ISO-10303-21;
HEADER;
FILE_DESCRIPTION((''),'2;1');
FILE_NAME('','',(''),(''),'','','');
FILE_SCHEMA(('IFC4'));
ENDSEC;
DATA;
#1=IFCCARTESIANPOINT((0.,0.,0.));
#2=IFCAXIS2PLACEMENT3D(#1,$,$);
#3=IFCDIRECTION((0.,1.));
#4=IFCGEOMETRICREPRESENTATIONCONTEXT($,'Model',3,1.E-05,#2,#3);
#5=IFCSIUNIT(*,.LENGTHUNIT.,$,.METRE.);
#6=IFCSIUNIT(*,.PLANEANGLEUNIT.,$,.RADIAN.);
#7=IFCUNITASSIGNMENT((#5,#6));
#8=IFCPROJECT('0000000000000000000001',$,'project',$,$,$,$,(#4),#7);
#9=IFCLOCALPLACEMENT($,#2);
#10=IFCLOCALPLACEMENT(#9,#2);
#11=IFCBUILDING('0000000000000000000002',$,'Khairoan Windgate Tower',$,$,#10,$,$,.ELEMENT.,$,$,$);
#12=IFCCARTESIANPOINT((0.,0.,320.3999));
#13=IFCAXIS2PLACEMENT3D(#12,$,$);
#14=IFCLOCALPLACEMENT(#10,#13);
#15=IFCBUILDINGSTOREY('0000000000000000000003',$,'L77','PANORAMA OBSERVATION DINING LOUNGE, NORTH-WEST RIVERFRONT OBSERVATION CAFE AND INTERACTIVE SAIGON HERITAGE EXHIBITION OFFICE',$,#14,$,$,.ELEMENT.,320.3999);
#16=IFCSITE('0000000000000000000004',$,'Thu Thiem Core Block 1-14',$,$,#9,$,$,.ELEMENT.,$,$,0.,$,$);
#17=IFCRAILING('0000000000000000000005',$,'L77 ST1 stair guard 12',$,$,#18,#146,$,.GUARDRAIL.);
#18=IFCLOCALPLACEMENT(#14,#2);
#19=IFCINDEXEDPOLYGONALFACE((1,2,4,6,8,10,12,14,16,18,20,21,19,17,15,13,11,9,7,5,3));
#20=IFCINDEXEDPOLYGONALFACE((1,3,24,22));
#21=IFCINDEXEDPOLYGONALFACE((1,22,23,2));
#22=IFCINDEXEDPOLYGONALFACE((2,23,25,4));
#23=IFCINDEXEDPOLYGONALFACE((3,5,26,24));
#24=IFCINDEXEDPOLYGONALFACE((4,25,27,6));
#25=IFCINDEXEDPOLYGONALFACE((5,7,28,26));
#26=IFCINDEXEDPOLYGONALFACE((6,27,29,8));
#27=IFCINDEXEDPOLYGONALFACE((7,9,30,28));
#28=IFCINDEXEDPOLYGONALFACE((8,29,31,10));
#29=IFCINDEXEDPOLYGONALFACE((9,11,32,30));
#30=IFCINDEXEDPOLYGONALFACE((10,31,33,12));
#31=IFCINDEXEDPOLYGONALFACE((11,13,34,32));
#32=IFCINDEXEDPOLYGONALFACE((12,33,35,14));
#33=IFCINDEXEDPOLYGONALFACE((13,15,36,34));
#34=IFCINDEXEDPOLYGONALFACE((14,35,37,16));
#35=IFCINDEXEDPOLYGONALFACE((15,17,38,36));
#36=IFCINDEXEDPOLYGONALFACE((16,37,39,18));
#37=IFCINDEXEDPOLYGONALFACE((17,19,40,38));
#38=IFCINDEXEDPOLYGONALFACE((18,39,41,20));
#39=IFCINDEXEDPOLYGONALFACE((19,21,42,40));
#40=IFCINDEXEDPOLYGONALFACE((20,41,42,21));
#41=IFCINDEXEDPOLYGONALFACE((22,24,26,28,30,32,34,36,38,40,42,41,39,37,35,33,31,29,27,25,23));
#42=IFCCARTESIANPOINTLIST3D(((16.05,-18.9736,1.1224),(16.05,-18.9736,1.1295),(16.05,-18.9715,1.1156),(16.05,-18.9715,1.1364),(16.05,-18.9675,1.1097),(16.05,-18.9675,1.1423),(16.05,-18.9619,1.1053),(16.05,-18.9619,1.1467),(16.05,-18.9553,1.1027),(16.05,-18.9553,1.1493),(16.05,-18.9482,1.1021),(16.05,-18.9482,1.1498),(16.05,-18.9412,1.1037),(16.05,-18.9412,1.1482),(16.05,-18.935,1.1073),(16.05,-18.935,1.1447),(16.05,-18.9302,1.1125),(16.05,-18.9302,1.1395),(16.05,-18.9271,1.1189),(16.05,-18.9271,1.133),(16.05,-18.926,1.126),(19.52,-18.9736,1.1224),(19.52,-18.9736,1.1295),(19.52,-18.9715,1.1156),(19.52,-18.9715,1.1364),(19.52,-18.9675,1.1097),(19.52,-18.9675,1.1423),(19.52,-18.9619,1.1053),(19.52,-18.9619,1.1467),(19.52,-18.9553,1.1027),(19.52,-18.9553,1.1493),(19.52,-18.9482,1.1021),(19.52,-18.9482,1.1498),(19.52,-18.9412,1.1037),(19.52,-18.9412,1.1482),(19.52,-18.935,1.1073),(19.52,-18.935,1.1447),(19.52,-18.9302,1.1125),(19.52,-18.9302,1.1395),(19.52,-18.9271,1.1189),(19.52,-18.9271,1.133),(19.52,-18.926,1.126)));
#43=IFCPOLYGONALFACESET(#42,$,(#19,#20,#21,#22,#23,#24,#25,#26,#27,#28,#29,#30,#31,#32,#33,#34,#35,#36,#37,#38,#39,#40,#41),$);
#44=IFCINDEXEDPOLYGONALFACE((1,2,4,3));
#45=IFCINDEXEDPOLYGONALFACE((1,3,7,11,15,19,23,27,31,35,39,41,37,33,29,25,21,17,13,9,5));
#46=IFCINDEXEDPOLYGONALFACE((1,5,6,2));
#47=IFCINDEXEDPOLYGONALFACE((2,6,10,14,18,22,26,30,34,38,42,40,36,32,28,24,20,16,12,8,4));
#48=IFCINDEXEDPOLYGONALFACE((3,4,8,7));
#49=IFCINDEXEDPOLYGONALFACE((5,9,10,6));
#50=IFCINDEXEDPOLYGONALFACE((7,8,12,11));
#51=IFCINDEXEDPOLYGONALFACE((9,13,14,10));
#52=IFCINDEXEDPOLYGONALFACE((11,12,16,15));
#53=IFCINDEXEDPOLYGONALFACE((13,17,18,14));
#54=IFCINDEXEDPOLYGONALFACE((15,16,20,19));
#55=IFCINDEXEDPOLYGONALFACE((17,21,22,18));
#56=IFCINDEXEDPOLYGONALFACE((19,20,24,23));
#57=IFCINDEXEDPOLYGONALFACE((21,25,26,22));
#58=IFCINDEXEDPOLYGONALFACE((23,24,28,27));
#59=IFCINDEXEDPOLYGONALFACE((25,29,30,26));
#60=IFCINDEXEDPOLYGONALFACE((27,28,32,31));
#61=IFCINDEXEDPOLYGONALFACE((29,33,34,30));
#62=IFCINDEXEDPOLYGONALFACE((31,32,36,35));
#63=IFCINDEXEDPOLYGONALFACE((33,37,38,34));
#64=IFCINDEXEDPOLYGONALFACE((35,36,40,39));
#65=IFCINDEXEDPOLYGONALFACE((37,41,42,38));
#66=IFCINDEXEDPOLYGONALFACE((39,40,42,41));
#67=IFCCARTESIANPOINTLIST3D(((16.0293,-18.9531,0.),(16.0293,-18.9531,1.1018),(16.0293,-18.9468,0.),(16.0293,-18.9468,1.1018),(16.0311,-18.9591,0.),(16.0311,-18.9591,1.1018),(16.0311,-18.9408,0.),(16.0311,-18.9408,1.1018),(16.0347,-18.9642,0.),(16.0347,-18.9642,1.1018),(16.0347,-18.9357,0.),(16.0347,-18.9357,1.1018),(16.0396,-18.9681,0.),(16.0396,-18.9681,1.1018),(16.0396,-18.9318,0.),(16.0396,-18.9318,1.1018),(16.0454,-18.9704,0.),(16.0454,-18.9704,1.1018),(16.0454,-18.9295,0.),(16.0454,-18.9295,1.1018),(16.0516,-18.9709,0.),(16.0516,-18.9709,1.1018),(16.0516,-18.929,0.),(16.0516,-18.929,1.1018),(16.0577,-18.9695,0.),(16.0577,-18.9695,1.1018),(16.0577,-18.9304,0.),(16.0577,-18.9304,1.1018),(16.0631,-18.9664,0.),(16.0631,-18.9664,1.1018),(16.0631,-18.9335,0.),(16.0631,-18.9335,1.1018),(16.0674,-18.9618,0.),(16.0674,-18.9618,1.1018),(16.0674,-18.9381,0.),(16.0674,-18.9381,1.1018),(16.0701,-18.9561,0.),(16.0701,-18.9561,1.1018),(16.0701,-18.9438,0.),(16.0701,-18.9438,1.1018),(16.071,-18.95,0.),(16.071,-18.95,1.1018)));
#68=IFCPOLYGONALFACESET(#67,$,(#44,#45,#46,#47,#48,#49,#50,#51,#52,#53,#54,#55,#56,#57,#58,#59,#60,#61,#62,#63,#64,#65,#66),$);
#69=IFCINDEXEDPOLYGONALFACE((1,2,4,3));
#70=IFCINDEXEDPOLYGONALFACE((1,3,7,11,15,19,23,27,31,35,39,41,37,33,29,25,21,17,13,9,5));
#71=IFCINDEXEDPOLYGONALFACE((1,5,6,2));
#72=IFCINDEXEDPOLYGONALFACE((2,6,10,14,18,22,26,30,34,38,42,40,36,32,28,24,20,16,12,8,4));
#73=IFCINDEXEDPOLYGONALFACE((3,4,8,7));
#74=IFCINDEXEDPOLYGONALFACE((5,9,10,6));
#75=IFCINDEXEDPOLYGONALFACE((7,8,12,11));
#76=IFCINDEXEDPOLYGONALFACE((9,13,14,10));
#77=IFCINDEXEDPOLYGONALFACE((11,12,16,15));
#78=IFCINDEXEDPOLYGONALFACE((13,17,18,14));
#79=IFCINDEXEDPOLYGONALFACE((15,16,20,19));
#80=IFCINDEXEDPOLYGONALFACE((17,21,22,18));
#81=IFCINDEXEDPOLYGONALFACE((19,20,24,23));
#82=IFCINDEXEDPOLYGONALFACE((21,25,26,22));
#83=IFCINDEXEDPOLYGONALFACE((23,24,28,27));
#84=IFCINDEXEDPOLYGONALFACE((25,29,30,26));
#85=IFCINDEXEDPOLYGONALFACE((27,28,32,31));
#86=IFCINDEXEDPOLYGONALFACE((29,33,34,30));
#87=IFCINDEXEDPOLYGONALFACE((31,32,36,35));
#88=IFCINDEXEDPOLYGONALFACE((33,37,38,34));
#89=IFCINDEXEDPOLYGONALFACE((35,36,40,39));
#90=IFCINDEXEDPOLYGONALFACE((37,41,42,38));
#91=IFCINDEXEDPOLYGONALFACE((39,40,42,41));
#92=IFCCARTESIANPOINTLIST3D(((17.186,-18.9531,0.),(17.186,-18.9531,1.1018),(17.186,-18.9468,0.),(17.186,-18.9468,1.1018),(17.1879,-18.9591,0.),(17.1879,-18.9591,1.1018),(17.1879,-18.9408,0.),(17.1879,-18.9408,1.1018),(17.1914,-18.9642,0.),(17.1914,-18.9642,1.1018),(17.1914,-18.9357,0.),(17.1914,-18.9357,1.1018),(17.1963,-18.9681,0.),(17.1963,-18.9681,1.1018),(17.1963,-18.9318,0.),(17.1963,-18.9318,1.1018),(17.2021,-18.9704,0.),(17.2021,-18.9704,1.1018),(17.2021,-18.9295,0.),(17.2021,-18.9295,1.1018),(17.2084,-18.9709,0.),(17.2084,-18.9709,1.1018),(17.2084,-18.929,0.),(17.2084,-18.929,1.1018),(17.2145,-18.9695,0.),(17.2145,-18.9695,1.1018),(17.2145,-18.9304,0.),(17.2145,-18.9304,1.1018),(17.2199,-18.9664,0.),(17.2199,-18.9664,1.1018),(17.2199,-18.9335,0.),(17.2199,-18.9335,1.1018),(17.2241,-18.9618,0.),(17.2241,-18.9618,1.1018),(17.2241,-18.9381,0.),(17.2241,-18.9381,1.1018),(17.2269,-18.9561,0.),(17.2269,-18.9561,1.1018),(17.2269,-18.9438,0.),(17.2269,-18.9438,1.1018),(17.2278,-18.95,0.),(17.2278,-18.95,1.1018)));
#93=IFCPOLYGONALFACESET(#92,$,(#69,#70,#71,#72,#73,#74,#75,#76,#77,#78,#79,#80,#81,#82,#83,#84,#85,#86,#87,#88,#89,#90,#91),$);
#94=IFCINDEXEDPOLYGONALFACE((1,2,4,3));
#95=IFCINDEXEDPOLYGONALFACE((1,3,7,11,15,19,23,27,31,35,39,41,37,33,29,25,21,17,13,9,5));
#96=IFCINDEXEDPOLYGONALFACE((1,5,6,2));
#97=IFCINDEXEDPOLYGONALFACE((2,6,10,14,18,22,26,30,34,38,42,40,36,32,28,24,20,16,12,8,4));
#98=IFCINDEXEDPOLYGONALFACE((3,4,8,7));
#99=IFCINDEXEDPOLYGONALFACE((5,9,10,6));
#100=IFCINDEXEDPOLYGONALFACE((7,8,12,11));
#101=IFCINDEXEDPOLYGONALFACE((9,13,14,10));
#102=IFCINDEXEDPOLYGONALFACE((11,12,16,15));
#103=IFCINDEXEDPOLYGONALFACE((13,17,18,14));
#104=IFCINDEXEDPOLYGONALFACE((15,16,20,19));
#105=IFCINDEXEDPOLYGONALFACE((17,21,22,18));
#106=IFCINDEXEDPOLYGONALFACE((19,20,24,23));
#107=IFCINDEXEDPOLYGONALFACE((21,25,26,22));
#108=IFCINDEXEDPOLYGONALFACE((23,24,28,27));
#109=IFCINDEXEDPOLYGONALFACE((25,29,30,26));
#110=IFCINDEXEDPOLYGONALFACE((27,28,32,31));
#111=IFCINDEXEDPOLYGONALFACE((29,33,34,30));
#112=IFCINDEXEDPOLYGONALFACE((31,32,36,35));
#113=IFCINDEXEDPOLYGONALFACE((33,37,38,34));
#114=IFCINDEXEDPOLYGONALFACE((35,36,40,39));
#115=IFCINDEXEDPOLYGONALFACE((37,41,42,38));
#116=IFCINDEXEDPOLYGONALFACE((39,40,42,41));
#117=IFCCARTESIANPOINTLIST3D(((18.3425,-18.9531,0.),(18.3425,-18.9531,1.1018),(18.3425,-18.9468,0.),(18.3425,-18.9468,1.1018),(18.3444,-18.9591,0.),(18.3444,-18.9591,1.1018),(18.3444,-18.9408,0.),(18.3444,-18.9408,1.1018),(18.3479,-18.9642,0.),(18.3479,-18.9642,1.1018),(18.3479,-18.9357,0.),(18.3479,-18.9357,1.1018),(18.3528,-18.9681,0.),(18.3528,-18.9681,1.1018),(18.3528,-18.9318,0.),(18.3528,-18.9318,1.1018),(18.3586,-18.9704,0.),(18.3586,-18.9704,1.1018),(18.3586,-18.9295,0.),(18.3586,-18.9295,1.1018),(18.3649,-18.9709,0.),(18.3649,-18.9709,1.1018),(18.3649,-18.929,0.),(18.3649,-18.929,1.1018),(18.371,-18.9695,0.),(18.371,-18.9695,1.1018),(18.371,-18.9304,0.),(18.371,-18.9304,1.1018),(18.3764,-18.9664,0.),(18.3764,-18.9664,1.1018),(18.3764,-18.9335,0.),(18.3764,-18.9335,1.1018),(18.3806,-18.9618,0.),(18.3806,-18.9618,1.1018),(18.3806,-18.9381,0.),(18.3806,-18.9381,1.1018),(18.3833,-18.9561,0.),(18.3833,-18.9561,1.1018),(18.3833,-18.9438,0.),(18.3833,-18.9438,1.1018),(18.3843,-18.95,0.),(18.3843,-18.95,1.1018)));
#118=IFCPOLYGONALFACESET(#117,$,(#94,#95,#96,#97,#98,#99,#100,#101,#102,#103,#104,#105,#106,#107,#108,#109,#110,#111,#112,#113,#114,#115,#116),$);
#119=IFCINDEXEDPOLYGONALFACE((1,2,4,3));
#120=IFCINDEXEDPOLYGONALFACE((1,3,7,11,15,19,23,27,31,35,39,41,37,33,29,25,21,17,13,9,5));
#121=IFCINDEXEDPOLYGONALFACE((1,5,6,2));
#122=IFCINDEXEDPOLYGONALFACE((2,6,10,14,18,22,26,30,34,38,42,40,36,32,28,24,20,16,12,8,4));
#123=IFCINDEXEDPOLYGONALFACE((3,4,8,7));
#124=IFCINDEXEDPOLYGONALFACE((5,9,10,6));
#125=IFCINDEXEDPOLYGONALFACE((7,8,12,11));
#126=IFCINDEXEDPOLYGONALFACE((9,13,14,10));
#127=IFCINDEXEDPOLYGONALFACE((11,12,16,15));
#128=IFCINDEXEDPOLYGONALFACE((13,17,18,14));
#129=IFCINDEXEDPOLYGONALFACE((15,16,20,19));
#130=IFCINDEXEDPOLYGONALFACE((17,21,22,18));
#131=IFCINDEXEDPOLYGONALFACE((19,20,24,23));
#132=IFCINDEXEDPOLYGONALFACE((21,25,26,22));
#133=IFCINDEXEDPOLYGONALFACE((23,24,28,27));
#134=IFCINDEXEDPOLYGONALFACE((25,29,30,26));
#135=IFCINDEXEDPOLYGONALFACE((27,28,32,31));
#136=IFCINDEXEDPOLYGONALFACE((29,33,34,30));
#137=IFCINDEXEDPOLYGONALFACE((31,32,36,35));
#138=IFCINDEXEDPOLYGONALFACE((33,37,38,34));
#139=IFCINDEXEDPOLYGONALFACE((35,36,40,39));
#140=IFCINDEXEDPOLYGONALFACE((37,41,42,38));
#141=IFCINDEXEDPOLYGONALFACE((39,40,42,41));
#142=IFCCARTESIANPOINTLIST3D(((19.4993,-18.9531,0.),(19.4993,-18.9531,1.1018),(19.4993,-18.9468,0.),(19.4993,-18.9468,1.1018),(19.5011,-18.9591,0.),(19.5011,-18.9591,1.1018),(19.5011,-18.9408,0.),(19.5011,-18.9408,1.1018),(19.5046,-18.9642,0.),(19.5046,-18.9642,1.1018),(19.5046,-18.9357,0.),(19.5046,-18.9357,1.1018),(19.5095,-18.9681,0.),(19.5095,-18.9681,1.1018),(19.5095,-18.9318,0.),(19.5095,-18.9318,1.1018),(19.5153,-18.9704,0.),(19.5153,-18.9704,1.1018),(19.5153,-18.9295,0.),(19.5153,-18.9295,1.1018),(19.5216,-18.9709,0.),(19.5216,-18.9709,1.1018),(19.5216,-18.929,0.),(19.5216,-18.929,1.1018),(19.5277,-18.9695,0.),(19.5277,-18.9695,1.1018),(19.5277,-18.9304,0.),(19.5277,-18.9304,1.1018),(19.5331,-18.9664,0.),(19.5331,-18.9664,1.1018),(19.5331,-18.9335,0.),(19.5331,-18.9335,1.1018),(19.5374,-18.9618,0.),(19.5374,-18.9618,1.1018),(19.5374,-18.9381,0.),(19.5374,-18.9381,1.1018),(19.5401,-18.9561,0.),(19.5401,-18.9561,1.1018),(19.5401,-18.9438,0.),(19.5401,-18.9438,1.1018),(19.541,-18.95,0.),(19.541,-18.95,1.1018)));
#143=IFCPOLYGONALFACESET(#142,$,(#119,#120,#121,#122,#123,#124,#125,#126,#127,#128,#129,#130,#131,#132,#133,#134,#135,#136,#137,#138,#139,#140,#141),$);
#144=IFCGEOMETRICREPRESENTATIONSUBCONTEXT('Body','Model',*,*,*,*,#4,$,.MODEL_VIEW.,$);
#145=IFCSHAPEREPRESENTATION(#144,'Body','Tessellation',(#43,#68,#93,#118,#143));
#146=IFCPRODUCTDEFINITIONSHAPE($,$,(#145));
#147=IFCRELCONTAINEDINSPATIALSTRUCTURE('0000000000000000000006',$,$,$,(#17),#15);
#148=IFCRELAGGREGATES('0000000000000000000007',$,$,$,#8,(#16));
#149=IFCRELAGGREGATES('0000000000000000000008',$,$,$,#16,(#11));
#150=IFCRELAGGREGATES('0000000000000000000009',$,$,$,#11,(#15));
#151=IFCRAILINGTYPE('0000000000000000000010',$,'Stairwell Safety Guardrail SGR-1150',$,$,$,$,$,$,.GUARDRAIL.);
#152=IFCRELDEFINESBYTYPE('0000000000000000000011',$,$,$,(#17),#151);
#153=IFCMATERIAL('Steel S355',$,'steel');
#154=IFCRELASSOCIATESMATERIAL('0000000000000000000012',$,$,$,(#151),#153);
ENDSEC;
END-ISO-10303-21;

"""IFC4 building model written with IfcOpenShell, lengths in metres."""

from ifc_helpers import new_model, si_unit, direction, frame, origin, origin_2d, place, context, subcontext, project, spatial, circle, extrude, material, type_object, element, save


model = new_model("IFC4")

# Units and contexts
model_context = context("Model", 3, precision=1e-05, world=origin(), true_north=direction((0.0, 1.0)))
body_context = subcontext(model_context, "Body", "Model", "MODEL_VIEW")
ifc_project = project(units=[si_unit("LENGTHUNIT", "METRE"), si_unit("PLANEANGLEUNIT", "RADIAN")], contexts=[model_context])

# Site, building, storey
site_placement = place(None, origin())
site = spatial("IfcSite", under=ifc_project, at=site_placement, Name="Thu Thiem Core Block 1-14", CompositionType="ELEMENT", RefElevation=0.0)
building_placement = place(site_placement, origin())
building = spatial("IfcBuilding", under=site, at=building_placement, Name="Khairoan Windgate Tower", CompositionType="ELEMENT")
storey_placement = place(building_placement, frame((0.0, 0.0, 320.3999)))
storey = spatial("IfcBuildingStorey", under=building, at=storey_placement, Name="L77", Description="PANORAMA OBSERVATION DINING LOUNGE, NORTH-WEST RIVERFRONT OBSERVATION CAFE AND INTERACTIVE SAIGON HERITAGE EXHIBITION OFFICE", CompositionType="ELEMENT", Elevation=320.3999)

# Railing
ifc_material_1 = material(Name="Steel S355", Category="steel")
railing_type_1 = type_object("IfcRailingType", Name="Stairwell Safety Guardrail SGR-1150", PredefinedType="GUARDRAIL", material=ifc_material_1)
railing_1_placement = place(storey_placement, frame((16.05, -18.95, 0.0)))
element("IfcRailing", 1, at=railing_1_placement, inside=storey, type_object=railing_type_1, Name="L77 ST1 stair guard 12", PredefinedType="GUARDRAIL", context=body_context, shape_type="SweptSolid", body=[
    extrude(circle(Radius=0.0239, at=origin_2d()), frame((0.0, 0.0, 1.126), z_axis=(1.0, 0.0, 0.0), x_axis=(0.0, 1.0, 0.0)), (0.0, 0.0, 1.0), 3.47),
    extrude(circle(Radius=0.021, at=origin_2d()), origin(), (0.0, 0.0, 1.0), 1.1018),
    extrude(circle(Radius=0.021, at=origin_2d()), frame((1.1567, 0.0, 0.0)), (0.0, 0.0, 1.0), 1.1018),
    extrude(circle(Radius=0.021, at=origin_2d()), frame((2.3132, 0.0, 0.0)), (0.0, 0.0, 1.0), 1.1018),
    extrude(circle(Radius=0.021, at=origin_2d()), frame((3.47, 0.0, 0.0)), (0.0, 0.0, 1.0), 1.1018),
])

save(model, "model.ifc")
